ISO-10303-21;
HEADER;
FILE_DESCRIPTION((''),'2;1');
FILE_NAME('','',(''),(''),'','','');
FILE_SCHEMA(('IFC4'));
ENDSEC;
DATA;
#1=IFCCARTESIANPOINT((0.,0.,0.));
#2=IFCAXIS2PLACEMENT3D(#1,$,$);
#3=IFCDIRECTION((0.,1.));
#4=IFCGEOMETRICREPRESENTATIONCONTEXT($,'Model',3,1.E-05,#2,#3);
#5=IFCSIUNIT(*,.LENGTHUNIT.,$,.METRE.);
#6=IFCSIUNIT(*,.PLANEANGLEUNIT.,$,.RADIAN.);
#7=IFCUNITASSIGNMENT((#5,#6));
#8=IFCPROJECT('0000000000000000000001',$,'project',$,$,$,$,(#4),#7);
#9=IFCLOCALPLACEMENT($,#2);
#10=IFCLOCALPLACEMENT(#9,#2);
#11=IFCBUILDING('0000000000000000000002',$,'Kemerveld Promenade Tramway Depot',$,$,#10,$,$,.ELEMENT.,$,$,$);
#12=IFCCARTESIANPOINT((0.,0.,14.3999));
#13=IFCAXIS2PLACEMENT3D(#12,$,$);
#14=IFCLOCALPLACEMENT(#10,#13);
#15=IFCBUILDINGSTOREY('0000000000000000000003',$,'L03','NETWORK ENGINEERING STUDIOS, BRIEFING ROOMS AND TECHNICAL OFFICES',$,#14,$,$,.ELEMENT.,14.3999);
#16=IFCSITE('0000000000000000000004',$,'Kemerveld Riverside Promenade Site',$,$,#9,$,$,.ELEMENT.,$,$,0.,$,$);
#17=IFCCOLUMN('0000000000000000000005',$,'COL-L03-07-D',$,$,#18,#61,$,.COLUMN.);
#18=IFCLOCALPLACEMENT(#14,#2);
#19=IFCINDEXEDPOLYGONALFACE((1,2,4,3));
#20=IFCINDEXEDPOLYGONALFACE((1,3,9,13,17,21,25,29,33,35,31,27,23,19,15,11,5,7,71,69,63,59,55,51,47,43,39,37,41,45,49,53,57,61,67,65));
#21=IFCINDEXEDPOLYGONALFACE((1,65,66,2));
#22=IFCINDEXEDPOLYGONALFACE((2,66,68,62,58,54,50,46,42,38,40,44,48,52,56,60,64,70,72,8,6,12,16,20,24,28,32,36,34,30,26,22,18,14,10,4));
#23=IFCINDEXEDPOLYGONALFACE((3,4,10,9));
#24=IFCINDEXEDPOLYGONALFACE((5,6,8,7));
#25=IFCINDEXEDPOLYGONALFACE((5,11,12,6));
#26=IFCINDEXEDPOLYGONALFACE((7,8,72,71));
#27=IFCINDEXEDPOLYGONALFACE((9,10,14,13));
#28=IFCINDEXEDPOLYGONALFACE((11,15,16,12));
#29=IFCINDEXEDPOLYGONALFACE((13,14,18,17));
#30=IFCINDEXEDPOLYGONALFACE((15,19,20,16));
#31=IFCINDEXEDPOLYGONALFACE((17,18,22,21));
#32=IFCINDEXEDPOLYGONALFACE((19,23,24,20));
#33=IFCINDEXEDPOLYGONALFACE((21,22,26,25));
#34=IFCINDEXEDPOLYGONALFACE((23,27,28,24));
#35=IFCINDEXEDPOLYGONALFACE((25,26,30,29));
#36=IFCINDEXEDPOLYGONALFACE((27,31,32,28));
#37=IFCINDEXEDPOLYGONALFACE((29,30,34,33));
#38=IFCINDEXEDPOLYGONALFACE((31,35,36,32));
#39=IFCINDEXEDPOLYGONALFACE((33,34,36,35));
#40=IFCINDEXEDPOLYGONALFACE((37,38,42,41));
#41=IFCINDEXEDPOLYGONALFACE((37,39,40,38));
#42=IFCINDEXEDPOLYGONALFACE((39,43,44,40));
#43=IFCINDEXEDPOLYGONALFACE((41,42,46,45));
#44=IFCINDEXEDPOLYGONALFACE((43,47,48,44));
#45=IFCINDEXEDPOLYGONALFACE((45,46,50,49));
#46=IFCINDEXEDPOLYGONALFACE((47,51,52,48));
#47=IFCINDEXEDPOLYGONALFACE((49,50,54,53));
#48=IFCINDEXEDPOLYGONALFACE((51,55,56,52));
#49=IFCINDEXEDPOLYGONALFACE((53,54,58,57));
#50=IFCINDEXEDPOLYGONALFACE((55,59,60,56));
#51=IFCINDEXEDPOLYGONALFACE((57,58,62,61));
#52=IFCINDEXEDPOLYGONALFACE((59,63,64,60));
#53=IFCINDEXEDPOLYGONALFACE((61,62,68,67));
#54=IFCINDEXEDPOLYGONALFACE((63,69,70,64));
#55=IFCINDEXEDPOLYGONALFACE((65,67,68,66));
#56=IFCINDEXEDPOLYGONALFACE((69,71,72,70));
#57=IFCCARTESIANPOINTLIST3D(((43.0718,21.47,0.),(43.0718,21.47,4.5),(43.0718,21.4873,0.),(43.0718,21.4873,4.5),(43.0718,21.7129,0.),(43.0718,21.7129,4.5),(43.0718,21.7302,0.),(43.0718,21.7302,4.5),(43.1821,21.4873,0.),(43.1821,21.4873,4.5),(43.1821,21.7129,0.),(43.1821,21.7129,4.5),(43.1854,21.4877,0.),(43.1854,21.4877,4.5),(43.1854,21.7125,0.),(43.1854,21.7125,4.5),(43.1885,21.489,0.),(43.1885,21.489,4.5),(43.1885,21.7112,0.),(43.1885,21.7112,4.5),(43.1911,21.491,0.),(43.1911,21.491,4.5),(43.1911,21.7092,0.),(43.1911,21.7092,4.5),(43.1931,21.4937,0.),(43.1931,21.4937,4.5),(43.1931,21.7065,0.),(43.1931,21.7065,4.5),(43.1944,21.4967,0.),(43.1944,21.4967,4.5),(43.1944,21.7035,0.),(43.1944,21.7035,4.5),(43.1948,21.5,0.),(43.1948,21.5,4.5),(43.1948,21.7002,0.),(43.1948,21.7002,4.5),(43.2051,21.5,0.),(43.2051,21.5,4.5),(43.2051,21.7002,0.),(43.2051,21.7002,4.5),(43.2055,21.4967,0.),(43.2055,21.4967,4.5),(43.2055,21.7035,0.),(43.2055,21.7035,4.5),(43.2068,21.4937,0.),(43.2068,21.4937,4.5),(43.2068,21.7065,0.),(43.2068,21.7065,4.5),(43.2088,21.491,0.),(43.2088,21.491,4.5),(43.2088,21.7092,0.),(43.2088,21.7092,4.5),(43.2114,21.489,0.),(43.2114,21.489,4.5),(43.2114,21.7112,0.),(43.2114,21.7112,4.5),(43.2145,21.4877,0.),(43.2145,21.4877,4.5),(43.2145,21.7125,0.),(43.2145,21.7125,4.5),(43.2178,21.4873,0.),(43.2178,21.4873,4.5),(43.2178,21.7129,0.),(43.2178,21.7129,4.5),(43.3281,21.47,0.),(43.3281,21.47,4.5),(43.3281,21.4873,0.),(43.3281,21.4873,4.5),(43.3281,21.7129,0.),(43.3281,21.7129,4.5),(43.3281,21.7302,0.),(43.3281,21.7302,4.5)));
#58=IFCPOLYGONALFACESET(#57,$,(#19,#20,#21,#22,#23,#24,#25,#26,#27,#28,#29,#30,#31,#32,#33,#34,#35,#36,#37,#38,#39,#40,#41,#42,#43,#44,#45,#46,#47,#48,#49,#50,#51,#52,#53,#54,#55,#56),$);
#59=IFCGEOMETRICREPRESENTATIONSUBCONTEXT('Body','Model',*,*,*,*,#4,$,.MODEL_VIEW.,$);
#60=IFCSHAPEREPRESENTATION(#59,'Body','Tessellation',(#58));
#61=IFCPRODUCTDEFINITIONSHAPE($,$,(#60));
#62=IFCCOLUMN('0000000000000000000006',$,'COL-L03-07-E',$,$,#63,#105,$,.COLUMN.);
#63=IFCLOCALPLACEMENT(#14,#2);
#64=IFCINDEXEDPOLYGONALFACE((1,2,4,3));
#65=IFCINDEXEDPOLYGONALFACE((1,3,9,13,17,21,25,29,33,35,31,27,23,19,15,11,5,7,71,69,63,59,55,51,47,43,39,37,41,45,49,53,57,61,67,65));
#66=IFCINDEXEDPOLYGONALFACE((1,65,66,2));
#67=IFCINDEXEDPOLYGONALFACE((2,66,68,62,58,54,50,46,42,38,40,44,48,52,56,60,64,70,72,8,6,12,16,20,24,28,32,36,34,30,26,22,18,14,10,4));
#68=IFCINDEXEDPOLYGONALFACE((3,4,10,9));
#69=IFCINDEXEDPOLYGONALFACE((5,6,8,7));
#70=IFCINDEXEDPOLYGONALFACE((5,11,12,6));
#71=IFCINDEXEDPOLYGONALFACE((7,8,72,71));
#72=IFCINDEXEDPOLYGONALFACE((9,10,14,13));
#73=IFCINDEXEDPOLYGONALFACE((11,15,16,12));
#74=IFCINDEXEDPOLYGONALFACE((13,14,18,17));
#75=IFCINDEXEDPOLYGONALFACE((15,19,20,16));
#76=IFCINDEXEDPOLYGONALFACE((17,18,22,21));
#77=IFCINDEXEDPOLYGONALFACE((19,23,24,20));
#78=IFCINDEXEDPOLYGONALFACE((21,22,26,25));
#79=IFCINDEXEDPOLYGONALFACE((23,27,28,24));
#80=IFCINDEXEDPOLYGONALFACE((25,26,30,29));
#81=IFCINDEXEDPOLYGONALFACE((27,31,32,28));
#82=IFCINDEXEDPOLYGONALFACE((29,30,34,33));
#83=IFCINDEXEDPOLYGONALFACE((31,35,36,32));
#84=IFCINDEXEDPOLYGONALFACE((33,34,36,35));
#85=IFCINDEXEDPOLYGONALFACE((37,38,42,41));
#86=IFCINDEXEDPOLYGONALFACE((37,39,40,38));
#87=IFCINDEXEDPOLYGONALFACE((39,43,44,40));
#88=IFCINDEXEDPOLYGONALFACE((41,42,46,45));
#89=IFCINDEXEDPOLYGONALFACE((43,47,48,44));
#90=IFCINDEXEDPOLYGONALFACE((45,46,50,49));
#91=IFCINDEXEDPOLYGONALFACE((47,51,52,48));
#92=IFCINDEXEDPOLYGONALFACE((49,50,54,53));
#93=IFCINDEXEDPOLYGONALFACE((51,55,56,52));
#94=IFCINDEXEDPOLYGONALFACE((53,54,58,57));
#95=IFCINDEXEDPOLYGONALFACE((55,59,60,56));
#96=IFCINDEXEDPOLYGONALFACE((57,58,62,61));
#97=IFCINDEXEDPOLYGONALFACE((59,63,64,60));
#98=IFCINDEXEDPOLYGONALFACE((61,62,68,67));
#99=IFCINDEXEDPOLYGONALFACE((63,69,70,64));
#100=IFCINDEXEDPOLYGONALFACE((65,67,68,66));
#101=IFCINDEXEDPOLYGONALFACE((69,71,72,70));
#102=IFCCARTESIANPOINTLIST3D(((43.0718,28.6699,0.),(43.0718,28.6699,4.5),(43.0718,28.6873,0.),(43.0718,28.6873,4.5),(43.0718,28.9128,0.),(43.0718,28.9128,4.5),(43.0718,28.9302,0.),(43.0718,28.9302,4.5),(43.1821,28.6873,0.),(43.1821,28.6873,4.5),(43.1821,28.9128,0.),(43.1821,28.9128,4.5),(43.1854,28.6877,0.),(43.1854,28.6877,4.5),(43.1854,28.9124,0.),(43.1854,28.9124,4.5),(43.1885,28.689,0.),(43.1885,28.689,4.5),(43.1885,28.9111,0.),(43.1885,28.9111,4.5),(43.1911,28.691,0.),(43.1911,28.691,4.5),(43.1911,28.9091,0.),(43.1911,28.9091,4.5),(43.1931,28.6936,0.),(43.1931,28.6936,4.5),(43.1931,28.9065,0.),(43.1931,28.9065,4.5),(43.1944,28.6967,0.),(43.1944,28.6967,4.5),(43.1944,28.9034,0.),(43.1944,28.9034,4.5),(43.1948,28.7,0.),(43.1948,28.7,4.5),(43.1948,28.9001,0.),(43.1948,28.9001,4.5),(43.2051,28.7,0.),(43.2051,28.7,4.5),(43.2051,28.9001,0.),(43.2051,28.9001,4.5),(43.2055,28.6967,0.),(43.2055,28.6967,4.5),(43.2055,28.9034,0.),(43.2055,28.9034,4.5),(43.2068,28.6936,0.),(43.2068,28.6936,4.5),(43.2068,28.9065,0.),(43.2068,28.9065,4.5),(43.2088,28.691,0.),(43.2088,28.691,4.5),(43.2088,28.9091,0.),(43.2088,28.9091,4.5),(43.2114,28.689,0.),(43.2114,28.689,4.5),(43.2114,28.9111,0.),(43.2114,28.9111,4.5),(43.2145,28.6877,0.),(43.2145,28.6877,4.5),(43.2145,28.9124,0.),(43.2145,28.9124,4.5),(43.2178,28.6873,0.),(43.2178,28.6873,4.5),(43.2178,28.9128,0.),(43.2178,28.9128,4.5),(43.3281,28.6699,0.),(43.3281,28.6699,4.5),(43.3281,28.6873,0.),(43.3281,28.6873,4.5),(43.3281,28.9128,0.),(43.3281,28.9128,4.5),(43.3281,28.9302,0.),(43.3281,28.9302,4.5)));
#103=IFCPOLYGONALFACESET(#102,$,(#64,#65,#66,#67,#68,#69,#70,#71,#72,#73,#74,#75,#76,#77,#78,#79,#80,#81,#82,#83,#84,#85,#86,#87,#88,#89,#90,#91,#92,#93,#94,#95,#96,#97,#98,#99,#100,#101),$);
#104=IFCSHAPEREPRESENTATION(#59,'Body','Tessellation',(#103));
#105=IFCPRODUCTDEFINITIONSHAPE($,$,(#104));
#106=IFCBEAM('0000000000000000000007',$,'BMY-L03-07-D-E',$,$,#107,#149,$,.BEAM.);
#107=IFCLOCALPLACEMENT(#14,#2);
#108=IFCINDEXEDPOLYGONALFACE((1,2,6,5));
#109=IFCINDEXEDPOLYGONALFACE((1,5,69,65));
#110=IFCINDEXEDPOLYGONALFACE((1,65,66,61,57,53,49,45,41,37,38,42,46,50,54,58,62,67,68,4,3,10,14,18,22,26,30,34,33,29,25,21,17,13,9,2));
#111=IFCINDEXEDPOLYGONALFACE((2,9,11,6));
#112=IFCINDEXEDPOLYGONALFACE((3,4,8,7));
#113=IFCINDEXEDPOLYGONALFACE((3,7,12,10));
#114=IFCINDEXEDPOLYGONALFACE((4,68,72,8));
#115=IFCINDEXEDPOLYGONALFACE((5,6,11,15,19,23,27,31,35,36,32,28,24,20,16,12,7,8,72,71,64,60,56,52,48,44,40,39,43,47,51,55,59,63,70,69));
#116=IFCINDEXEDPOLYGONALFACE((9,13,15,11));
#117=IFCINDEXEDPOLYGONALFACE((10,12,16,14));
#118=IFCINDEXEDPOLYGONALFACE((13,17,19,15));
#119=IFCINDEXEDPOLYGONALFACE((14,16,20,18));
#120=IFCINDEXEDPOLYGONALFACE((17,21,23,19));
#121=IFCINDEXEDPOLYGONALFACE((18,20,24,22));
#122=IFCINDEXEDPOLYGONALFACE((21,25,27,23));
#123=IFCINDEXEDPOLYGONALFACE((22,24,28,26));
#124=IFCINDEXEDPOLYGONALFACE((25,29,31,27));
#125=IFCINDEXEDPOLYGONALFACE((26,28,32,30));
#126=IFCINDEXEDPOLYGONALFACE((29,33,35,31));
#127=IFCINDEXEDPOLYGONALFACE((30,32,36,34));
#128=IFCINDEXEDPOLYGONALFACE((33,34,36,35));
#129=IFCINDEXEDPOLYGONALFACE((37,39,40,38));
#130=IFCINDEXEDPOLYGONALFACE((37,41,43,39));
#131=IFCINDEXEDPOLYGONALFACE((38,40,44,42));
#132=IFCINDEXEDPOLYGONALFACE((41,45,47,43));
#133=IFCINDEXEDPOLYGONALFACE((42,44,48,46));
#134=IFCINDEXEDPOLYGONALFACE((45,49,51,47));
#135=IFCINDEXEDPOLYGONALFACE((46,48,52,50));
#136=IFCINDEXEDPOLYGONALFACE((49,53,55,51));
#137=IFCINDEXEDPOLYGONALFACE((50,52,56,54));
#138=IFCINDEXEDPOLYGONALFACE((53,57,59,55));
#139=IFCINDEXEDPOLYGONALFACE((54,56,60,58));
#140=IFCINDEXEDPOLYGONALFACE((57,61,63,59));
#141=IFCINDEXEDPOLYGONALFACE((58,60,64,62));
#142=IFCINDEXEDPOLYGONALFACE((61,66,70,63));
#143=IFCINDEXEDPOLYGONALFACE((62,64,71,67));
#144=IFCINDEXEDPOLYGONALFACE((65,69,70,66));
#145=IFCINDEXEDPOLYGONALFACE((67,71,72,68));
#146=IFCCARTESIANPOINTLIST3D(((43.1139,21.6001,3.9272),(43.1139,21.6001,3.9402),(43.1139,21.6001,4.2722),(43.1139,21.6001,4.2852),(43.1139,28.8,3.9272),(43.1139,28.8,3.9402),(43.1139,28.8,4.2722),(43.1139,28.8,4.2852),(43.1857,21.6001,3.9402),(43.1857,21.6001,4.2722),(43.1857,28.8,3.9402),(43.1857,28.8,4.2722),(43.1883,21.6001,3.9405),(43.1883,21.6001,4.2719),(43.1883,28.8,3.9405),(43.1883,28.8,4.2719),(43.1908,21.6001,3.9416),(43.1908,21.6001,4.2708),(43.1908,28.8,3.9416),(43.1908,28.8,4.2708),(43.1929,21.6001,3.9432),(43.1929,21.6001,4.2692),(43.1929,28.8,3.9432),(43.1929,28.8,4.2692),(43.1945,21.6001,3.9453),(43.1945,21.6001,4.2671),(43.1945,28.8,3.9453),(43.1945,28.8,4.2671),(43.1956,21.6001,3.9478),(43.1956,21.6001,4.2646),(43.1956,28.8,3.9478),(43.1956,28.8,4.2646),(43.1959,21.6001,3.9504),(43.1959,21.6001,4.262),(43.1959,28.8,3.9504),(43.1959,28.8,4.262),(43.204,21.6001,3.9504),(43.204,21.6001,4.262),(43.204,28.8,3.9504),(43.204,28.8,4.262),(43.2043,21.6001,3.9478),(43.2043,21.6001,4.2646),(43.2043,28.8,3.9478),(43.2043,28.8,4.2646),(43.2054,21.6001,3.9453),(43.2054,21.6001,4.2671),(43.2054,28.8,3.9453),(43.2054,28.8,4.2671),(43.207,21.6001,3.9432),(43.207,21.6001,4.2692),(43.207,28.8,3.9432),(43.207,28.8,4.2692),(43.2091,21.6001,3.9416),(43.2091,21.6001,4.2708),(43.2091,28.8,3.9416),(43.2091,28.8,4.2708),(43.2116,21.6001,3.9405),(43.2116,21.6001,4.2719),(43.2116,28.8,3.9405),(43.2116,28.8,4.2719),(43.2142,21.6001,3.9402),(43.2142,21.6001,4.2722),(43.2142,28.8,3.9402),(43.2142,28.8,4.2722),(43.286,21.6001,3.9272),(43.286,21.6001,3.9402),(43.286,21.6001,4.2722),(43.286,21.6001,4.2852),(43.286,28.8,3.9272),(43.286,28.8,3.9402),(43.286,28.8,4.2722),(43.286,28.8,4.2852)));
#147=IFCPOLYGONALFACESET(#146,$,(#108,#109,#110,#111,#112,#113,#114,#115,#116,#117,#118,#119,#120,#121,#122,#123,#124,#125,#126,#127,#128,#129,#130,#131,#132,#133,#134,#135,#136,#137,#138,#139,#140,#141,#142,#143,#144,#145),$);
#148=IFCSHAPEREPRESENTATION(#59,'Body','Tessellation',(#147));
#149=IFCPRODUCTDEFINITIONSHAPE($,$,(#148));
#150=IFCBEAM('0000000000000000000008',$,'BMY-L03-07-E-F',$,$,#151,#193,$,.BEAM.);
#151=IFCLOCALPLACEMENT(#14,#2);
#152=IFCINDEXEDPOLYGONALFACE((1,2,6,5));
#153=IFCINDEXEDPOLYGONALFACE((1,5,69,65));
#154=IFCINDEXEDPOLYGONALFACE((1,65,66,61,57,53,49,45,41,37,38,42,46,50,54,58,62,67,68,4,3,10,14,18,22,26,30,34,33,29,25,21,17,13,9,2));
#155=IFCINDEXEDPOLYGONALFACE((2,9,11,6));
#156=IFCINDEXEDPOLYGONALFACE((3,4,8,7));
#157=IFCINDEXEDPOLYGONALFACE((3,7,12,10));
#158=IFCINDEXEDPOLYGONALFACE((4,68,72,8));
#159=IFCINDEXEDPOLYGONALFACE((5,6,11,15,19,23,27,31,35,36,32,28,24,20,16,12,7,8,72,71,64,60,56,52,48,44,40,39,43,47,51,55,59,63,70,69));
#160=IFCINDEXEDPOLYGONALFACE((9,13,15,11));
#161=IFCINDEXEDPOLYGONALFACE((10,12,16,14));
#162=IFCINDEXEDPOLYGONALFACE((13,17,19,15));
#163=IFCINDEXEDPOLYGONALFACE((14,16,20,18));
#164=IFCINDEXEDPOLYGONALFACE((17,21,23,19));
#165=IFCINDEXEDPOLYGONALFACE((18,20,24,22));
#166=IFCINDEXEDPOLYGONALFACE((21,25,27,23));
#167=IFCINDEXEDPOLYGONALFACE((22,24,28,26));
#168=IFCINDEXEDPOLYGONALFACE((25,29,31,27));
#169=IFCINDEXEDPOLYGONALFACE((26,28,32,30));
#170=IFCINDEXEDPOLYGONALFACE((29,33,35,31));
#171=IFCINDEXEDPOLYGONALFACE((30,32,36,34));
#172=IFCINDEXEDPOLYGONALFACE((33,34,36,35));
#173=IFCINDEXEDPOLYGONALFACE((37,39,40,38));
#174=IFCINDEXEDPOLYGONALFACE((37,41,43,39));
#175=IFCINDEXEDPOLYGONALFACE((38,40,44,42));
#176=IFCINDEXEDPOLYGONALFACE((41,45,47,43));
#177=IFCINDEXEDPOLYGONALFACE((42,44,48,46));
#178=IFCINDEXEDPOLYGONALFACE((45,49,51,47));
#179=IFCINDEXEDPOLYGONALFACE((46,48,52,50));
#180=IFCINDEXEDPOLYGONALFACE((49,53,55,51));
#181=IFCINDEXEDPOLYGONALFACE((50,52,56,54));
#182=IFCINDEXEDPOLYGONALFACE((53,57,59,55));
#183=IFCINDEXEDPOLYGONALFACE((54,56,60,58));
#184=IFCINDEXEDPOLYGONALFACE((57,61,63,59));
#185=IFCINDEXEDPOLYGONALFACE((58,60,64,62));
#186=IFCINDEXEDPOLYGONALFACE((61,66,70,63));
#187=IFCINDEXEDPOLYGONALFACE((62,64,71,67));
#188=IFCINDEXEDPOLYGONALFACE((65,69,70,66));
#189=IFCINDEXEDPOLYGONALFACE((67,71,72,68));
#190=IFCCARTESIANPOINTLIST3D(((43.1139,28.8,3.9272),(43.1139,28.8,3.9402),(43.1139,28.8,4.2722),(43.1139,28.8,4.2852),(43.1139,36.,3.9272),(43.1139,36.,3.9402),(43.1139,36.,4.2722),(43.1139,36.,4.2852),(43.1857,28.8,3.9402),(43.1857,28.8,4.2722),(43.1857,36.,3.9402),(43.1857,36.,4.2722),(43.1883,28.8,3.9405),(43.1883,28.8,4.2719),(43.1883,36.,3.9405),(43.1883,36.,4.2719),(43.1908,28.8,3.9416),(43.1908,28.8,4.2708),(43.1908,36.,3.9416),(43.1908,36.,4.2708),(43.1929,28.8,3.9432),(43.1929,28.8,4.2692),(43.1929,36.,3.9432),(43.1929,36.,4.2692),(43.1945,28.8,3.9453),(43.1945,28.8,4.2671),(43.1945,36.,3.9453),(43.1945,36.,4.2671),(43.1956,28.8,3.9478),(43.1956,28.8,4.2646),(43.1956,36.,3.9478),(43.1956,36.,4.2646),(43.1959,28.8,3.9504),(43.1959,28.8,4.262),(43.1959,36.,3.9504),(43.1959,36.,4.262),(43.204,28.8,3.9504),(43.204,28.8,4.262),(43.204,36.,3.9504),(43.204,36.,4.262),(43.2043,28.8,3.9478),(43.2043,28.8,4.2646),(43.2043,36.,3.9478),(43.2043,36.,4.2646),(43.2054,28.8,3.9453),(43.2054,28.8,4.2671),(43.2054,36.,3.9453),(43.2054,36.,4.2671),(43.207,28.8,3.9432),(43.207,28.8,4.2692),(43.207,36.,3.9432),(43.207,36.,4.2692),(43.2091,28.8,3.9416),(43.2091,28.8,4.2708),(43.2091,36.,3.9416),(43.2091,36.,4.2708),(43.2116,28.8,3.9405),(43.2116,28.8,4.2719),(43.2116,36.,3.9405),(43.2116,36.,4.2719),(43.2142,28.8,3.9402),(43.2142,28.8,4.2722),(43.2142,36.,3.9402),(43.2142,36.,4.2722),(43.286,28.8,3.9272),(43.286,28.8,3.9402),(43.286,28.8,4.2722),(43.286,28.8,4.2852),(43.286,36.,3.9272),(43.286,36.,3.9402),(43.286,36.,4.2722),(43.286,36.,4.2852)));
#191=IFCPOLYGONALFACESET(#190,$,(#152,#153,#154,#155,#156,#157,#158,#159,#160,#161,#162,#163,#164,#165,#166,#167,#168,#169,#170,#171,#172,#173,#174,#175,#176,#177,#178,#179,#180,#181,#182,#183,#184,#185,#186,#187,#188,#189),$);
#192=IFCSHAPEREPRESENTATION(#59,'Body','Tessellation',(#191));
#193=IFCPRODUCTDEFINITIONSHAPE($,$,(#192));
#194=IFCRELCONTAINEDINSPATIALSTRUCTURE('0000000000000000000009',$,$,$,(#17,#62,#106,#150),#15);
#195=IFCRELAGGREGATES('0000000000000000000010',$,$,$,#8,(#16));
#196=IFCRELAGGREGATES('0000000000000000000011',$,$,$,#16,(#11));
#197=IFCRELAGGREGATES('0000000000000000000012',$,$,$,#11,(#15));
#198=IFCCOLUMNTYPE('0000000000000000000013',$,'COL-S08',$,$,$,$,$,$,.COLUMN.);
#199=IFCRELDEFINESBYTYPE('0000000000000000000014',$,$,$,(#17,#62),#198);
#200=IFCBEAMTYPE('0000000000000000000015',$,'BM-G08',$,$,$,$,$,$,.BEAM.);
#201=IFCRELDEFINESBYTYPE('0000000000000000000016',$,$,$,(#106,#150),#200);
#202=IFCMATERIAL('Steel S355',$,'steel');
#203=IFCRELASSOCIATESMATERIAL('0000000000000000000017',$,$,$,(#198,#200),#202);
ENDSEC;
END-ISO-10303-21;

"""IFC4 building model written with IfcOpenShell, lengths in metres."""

from ifc_helpers import new_model, si_unit, direction, frame, origin, origin_2d, place, context, subcontext, project, spatial, i_section, extrude, material, material_profile, profile_set, type_object, element, save


model = new_model("IFC4")

# Units and contexts
model_context = context("Model", 3, precision=1e-05, world=origin(), true_north=direction((0.0, 1.0)))
body_context = subcontext(model_context, "Body", "Model", "MODEL_VIEW")
ifc_project = project(units=[si_unit("LENGTHUNIT", "METRE"), si_unit("PLANEANGLEUNIT", "RADIAN")], contexts=[model_context])

# Site, building, storey
site_placement = place(None, origin())
site = spatial("IfcSite", under=ifc_project, at=site_placement, Name="Kemerveld Riverside Promenade Site", CompositionType="ELEMENT", RefElevation=0.0)
building_placement = place(site_placement, origin())
building = spatial("IfcBuilding", under=site, at=building_placement, Name="Kemerveld Promenade Tramway Depot", CompositionType="ELEMENT")
storey_placement = place(building_placement, frame((0.0, 0.0, 14.3999)))
storey = spatial("IfcBuildingStorey", under=building, at=storey_placement, Name="L03", Description="NETWORK ENGINEERING STUDIOS, BRIEFING ROOMS AND TECHNICAL OFFICES", CompositionType="ELEMENT", Elevation=14.3999)

# Columns
ifc_material_1 = material(Name="Steel S355", Category="steel")
ifc_material_profile_1 = material_profile(ifc_material_1, i_section(OverallWidth=0.2563, OverallDepth=0.2603, WebThickness=0.0103, FlangeThickness=0.0173, FilletRadius=0.0127, at=origin_2d()), Name="254x254x89 UC")
ifc_profile_set_1 = profile_set([ifc_material_profile_1], Name="Steel S355")
column_type = type_object("IfcColumnType", Name="COL-S08", PredefinedType="COLUMN", material=ifc_profile_set_1)
for number, where, z_axis, x_axis, name in (
    (1, (43.2, 21.6001, 0.0), (0.0, 0.0, 1.0), (1.0, 0.0, 0.0), "COL-L03-07-D"),
    (2, (43.2, 28.8, 0.0), (0.0, 0.0, 1.0), (1.0, 0.0, 0.0), "COL-L03-07-E"),
):
    element("IfcColumn", number, at=place(storey_placement, frame(where, z_axis=z_axis, x_axis=x_axis)), inside=storey, type_object=column_type, Name=name, PredefinedType="COLUMN", context=body_context, shape_type="SweptSolid", body=[
        extrude(i_section(OverallWidth=0.2563, OverallDepth=0.2603, WebThickness=0.0103, FlangeThickness=0.0173, FilletRadius=0.0127, at=origin_2d()), origin(), (0.0, 0.0, 1.0), 4.5),
    ])

# Beams
ifc_material_profile_2 = material_profile(ifc_material_1, i_section(OverallWidth=0.1721, OverallDepth=0.3579, WebThickness=0.0081, FlangeThickness=0.0129, FilletRadius=0.0103, at=origin_2d()), Name="356x171x57 UB")
ifc_profile_set_2 = profile_set([ifc_material_profile_2], Name="Steel S355")
beam_type = type_object("IfcBeamType", Name="BM-G08", PredefinedType="BEAM", material=ifc_profile_set_2)
for number, where, z_axis, x_axis, name in (
    (3, (43.2, 21.6001, 4.1062), (0.0, 1.0, 0.0), (-1.0, 0.0, 0.0), "BMY-L03-07-D-E"),
    (4, (43.2, 28.8, 4.1062), (0.0, 1.0, 0.0), (-1.0, 0.0, 0.0), "BMY-L03-07-E-F"),
):
    element("IfcBeam", number, at=place(storey_placement, frame(where, z_axis=z_axis, x_axis=x_axis)), inside=storey, type_object=beam_type, Name=name, PredefinedType="BEAM", context=body_context, shape_type="SweptSolid", body=[
        extrude(i_section(OverallWidth=0.1721, OverallDepth=0.3579, WebThickness=0.0081, FlangeThickness=0.0129, FilletRadius=0.0103, at=origin_2d()), origin(), (0.0, 0.0, 1.0), 7.2),
    ])

save(model, "model.ifc")
